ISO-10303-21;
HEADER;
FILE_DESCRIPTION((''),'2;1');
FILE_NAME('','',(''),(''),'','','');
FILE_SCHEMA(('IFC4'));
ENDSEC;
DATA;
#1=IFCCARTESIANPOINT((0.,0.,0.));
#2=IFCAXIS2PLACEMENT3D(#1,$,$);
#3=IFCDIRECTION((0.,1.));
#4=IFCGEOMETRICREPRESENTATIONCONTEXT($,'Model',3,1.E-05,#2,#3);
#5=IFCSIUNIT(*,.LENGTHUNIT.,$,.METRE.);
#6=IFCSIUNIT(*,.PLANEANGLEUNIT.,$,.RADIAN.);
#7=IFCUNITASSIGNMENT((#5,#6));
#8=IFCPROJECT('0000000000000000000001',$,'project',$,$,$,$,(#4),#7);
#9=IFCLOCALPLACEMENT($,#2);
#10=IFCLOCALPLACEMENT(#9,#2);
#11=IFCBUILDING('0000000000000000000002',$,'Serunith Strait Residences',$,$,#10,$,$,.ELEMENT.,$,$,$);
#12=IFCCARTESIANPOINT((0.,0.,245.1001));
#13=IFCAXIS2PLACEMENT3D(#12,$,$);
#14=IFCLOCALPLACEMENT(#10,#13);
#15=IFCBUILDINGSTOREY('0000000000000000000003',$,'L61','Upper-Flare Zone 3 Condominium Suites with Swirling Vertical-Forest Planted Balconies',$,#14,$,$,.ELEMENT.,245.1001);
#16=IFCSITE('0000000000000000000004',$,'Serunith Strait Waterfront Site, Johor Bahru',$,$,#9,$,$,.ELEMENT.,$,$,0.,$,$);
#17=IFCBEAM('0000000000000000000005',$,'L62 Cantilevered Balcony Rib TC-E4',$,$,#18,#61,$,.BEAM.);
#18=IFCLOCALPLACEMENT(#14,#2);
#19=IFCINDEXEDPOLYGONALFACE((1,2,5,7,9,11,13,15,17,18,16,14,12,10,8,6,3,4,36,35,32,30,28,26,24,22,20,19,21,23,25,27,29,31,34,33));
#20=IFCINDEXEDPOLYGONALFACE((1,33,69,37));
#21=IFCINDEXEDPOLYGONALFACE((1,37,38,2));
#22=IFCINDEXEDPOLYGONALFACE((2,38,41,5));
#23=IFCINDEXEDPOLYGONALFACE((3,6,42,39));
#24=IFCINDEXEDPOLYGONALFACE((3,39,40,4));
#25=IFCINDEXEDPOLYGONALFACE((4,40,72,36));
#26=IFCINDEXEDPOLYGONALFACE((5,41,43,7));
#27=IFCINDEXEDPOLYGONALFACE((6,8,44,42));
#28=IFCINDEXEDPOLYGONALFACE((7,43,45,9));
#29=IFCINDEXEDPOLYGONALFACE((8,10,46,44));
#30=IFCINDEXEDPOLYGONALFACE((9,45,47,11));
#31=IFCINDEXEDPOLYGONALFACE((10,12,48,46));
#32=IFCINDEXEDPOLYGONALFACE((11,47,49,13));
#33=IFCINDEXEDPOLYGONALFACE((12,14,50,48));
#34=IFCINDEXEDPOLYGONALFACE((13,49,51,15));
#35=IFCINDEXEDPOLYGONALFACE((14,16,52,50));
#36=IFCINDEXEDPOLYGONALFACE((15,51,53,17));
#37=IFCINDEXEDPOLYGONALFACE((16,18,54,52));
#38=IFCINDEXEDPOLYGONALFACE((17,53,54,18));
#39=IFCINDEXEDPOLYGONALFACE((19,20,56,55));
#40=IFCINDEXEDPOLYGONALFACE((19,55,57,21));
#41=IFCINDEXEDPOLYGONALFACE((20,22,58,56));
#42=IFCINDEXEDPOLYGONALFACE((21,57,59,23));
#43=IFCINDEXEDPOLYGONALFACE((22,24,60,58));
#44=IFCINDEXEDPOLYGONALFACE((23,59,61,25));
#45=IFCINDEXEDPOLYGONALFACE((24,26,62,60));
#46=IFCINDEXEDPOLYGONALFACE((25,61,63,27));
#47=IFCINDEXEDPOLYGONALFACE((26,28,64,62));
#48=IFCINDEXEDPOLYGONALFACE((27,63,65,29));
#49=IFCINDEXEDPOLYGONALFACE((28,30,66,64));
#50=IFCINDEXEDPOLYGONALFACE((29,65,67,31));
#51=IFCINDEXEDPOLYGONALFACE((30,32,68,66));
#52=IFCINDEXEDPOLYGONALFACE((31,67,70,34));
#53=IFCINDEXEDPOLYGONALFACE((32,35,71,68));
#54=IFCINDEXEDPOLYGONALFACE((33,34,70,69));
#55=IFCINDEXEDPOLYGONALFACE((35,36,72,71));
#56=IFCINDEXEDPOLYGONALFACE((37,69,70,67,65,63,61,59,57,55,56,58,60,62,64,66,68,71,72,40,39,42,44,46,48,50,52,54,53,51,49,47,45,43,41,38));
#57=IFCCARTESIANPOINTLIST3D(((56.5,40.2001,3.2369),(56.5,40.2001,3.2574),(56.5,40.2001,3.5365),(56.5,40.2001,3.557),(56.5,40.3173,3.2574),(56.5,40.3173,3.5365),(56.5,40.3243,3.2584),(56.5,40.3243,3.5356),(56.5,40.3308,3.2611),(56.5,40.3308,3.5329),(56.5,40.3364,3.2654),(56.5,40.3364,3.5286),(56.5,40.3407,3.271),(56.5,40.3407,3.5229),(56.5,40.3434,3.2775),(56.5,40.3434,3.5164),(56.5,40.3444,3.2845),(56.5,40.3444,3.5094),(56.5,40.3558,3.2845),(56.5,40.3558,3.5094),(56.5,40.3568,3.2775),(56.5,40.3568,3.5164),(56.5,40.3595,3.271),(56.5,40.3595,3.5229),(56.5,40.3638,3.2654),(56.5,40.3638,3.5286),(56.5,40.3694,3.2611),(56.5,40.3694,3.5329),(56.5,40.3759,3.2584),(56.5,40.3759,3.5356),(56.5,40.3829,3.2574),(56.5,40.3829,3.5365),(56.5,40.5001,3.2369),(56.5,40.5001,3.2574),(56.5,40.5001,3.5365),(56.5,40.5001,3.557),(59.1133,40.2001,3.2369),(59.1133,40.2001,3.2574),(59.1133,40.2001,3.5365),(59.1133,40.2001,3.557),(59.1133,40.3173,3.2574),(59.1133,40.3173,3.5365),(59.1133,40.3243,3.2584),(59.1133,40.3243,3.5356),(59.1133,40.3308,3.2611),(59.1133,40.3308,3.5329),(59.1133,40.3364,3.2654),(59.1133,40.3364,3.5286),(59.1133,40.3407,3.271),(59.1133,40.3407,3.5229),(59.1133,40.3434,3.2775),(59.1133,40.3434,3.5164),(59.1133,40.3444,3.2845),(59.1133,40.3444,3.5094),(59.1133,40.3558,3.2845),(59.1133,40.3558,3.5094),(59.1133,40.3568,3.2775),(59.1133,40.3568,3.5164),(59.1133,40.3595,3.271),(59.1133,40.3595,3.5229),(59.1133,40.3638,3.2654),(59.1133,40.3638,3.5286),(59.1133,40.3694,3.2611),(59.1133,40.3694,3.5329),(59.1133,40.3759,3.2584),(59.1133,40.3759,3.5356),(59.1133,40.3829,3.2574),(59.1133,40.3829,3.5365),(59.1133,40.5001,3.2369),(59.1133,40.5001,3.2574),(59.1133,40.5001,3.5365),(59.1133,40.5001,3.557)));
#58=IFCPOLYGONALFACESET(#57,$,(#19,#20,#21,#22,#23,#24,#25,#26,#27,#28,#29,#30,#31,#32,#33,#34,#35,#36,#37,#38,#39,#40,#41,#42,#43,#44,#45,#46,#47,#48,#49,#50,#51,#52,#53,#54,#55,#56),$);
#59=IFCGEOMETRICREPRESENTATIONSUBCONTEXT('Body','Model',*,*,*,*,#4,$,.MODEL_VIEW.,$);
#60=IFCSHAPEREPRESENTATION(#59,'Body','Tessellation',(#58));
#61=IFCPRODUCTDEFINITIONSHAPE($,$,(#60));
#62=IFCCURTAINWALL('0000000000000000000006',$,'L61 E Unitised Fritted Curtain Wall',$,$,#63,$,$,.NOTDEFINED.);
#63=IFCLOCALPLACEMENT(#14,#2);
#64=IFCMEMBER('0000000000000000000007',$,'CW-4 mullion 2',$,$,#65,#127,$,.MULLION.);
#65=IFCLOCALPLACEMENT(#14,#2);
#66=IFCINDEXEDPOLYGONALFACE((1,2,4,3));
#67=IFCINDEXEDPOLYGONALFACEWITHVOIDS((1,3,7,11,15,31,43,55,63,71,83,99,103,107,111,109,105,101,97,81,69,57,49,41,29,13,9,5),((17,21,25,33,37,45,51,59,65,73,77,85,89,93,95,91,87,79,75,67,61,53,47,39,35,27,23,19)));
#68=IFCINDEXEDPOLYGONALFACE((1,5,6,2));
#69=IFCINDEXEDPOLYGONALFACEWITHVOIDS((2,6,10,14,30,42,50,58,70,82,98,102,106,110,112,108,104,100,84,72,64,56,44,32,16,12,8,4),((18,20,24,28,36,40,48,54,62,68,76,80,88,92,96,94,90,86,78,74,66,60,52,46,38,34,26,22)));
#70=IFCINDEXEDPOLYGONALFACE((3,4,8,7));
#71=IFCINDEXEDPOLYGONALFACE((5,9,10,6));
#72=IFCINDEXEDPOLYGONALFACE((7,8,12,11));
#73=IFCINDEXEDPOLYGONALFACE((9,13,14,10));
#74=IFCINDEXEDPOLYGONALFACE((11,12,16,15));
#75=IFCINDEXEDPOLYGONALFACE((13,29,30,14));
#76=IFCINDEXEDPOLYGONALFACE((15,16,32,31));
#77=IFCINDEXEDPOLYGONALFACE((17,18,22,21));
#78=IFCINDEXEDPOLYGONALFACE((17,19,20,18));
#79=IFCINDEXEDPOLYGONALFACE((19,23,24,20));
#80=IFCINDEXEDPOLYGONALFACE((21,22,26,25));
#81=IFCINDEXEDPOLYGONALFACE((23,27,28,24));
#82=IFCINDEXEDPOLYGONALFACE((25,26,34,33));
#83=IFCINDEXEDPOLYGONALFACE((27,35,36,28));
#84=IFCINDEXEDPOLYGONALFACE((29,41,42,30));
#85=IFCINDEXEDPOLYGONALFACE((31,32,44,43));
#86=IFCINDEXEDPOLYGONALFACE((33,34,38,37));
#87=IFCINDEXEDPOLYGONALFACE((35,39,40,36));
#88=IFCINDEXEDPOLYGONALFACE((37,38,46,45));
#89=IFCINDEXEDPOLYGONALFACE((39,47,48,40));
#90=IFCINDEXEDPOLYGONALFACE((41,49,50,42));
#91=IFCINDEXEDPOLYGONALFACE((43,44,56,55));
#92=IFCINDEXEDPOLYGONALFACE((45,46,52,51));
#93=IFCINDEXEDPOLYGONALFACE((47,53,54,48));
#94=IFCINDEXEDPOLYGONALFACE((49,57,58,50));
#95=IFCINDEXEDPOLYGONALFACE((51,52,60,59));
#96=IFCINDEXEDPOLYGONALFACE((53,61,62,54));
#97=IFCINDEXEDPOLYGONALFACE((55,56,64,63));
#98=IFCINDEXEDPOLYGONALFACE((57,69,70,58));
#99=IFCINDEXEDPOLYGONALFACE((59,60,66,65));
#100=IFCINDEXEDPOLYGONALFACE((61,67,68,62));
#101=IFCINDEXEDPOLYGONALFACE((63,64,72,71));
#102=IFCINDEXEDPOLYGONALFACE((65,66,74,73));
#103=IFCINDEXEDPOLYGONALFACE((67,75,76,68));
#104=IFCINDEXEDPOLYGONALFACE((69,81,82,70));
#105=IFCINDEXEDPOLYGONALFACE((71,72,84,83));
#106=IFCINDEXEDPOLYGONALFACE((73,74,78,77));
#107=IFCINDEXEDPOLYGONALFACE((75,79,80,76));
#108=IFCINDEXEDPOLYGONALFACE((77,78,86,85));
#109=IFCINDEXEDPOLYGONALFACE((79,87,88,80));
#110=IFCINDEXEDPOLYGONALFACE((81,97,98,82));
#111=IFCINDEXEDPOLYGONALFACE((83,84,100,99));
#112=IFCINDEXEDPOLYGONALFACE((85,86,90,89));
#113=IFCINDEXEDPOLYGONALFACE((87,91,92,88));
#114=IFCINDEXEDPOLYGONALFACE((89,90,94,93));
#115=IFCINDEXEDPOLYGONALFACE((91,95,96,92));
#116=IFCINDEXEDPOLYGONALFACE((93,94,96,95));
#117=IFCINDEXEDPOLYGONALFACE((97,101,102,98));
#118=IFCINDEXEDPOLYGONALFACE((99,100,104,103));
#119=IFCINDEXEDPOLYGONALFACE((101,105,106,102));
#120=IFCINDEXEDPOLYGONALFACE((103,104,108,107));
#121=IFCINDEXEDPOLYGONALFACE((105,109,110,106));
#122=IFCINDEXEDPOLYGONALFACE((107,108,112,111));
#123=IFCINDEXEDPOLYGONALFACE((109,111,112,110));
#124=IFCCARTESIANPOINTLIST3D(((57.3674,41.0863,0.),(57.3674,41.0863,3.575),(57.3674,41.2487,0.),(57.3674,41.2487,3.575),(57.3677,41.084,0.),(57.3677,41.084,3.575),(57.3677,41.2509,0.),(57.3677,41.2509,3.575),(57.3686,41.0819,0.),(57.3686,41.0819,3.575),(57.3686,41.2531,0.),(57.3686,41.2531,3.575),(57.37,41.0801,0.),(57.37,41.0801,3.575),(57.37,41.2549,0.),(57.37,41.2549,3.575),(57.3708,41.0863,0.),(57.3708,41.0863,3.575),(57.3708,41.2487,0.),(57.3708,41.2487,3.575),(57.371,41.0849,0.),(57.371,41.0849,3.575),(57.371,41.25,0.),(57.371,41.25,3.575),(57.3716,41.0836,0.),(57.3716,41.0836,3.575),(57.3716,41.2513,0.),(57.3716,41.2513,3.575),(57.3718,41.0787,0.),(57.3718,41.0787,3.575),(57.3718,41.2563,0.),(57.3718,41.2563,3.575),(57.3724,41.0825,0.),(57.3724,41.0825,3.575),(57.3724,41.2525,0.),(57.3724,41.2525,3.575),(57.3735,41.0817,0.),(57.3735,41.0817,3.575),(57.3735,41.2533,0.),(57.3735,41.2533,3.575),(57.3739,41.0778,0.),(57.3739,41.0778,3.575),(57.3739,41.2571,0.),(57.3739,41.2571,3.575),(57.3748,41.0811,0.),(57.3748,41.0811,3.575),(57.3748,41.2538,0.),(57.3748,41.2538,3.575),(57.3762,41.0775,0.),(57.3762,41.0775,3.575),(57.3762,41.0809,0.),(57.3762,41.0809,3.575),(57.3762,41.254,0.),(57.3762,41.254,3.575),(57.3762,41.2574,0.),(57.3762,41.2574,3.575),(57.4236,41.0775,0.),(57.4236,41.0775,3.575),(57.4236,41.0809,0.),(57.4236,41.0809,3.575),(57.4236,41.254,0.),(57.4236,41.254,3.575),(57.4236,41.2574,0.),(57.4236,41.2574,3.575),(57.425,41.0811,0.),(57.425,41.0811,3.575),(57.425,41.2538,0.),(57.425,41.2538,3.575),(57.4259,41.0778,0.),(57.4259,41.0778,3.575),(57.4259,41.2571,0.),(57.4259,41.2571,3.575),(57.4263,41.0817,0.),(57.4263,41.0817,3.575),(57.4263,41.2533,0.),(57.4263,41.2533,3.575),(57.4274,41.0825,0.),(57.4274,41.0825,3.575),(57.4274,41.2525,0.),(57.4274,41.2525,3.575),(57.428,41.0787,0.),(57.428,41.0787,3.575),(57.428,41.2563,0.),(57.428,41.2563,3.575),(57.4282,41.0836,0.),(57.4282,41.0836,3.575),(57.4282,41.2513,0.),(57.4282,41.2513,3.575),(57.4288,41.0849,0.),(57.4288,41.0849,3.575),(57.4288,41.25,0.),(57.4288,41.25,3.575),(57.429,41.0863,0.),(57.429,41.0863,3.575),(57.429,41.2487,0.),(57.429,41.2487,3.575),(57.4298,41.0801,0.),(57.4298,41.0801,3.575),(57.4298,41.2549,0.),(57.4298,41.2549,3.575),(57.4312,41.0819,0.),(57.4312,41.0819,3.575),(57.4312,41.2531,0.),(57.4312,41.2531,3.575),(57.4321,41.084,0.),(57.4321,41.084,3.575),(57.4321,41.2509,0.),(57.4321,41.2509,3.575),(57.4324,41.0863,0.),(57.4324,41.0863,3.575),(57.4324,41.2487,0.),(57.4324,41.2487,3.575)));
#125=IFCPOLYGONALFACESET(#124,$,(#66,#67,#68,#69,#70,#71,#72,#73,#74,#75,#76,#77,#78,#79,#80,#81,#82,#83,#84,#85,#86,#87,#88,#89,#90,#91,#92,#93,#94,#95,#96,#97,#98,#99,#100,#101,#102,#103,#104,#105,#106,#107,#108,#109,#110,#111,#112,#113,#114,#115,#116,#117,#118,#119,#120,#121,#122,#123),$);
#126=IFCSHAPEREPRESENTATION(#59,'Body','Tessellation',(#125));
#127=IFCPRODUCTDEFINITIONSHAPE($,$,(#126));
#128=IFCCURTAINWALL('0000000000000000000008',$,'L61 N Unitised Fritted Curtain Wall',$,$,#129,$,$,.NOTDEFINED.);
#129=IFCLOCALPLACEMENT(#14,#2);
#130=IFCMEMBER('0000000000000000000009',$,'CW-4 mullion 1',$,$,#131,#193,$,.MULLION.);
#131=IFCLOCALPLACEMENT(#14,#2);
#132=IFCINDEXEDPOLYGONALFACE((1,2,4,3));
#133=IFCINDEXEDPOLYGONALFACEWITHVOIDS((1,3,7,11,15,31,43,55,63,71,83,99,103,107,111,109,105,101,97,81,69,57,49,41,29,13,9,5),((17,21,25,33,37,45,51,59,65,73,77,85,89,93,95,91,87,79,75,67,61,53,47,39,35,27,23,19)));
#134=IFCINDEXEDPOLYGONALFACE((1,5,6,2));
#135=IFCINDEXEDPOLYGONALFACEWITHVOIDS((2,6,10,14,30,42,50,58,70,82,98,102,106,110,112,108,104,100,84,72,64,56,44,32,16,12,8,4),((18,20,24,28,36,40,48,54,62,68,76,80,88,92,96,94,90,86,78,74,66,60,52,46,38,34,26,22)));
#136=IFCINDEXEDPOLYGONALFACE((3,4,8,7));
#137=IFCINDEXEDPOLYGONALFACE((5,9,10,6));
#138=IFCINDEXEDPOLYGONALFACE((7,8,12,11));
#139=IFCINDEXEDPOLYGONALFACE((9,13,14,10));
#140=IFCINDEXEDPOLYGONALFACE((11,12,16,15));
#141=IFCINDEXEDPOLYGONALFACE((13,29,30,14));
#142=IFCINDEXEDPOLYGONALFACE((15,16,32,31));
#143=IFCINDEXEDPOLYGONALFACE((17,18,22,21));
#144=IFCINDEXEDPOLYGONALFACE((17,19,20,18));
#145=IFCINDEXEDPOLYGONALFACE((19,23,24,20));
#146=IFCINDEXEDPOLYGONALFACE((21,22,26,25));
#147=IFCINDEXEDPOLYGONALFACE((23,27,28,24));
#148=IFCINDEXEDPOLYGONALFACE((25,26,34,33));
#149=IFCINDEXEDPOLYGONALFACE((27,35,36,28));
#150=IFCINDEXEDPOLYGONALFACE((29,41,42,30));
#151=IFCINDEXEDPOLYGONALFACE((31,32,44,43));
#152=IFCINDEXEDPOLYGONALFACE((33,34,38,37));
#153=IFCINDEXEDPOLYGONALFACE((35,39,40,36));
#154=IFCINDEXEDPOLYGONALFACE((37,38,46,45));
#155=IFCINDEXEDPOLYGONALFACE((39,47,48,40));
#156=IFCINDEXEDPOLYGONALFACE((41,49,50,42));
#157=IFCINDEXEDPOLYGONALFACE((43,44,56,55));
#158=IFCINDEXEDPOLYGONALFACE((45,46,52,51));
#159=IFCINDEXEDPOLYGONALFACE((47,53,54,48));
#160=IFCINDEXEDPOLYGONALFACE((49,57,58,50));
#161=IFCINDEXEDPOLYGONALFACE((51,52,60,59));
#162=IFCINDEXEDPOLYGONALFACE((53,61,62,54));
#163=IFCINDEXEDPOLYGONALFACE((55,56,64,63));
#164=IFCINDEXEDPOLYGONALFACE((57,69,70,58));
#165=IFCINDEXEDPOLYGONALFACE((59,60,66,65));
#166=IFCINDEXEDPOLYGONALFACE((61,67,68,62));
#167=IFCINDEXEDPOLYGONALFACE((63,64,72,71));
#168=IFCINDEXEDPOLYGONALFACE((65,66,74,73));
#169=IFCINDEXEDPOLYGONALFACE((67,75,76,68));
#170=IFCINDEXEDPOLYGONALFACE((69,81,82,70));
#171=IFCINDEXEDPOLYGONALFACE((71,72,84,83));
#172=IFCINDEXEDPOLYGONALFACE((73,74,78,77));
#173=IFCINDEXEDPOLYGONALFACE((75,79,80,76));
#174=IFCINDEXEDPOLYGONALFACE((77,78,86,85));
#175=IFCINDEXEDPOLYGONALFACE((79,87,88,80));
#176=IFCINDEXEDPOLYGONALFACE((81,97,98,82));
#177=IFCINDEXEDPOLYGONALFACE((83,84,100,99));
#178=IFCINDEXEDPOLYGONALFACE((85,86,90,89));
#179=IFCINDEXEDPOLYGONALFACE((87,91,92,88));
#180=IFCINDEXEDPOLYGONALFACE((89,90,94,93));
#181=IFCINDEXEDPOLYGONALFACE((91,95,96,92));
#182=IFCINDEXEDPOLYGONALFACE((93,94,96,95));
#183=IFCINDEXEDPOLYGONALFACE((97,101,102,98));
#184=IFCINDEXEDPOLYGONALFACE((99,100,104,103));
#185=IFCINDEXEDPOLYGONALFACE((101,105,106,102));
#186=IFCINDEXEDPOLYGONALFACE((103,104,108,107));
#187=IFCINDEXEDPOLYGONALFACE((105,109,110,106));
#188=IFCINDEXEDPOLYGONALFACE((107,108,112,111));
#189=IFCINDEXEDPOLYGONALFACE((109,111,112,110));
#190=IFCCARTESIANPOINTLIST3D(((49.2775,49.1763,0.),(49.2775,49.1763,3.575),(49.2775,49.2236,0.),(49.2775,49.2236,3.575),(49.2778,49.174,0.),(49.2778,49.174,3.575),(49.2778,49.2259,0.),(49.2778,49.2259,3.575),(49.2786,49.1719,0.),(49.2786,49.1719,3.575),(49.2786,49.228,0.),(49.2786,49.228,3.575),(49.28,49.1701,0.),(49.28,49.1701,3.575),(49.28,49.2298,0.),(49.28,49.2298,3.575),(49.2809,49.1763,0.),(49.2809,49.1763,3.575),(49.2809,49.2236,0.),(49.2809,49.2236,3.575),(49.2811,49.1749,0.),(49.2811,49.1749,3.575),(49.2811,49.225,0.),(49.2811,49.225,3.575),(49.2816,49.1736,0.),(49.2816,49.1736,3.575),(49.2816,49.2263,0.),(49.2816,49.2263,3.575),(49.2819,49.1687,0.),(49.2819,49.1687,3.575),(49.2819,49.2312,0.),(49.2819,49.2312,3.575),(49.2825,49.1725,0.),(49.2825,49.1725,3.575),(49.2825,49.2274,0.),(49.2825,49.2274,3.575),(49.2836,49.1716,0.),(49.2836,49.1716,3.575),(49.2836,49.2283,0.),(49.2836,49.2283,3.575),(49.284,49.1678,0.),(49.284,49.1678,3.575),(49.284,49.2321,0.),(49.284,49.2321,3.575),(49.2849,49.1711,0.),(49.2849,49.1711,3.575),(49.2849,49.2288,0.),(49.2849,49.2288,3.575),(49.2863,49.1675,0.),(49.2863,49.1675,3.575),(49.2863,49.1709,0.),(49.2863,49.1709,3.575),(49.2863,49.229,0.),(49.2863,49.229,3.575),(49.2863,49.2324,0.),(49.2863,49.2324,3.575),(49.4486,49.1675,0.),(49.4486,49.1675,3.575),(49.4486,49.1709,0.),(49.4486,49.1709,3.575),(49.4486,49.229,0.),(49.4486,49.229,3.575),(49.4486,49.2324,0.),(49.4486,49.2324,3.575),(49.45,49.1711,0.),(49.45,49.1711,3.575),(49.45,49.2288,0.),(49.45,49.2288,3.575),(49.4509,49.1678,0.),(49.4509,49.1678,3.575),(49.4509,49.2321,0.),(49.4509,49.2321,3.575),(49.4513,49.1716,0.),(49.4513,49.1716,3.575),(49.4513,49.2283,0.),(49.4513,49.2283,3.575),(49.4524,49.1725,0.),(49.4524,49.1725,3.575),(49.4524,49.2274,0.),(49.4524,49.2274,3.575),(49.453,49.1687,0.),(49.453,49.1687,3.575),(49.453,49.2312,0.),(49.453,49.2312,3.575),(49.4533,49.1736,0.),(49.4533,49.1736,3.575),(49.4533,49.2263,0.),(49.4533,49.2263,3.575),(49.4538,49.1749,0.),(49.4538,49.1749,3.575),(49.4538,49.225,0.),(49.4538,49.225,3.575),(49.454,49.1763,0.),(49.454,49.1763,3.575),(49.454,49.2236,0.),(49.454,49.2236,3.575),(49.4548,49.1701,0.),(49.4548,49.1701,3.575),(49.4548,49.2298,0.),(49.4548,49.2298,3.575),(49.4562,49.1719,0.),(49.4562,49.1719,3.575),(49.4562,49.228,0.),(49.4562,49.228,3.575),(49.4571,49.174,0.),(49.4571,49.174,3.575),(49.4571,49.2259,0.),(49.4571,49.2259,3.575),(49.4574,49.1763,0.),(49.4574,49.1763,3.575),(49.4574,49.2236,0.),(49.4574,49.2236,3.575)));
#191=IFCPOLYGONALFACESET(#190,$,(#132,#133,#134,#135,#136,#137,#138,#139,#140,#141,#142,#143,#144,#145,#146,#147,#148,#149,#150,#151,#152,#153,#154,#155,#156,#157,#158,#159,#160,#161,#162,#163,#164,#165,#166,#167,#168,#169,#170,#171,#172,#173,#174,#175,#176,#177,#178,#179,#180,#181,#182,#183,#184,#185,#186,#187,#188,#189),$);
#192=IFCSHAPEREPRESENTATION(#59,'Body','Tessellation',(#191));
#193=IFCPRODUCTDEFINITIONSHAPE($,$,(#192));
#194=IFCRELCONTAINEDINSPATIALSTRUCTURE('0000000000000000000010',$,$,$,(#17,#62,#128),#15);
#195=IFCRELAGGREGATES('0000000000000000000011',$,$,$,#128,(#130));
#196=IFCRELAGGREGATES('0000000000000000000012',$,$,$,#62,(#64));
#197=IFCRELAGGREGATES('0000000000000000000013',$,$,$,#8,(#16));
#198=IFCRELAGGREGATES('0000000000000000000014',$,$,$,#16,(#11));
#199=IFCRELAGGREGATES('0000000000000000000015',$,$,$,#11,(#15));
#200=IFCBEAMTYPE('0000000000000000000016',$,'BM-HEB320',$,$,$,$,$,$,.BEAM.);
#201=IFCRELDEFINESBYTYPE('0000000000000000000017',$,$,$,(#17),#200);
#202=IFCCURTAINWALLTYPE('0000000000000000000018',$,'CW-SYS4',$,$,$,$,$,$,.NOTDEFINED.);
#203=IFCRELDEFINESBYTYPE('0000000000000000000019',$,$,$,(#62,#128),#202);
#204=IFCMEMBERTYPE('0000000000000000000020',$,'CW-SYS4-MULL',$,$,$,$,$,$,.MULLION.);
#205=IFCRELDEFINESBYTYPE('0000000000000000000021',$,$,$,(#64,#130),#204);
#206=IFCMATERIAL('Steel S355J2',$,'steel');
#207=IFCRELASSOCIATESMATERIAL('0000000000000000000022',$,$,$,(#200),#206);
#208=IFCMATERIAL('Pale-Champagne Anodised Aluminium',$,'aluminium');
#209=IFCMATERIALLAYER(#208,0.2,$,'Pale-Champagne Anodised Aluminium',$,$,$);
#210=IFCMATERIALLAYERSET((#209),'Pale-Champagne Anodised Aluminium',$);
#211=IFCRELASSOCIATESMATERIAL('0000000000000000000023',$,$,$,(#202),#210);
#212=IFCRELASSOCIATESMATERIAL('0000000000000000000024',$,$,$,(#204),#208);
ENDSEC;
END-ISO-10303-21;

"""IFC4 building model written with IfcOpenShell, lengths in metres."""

from ifc_helpers import new_model, si_unit, direction, frame, origin, origin_2d, place, context, subcontext, project, spatial, hollow_rectangle, i_section, extrude, source, transform, mapped, material, layer, layer_set, material_profile, profile_set, type_object, element, aggregate, save


model = new_model("IFC4")

# Units and contexts
model_context = context("Model", 3, precision=1e-05, world=origin(), true_north=direction((0.0, 1.0)))
body_context = subcontext(model_context, "Body", "Model", "MODEL_VIEW")
ifc_project = project(units=[si_unit("LENGTHUNIT", "METRE"), si_unit("PLANEANGLEUNIT", "RADIAN")], contexts=[model_context])

# Site, building, storey
site_placement = place(None, origin())
site = spatial("IfcSite", under=ifc_project, at=site_placement, Name="Serunith Strait Waterfront Site, Johor Bahru", CompositionType="ELEMENT", RefElevation=0.0)
building_placement = place(site_placement, origin())
building = spatial("IfcBuilding", under=site, at=building_placement, Name="Serunith Strait Residences", CompositionType="ELEMENT")
storey_placement = place(building_placement, frame((0.0, 0.0, 245.1001)))
storey = spatial("IfcBuildingStorey", under=building, at=storey_placement, Name="L61", Description="Upper-Flare Zone 3 Condominium Suites with Swirling Vertical-Forest Planted Balconies", CompositionType="ELEMENT", Elevation=245.1001)

# Beam
ifc_material_1 = material(Name="Steel S355J2", Category="steel")
ifc_material_profile_1 = material_profile(ifc_material_1, i_section(OverallWidth=0.3, OverallDepth=0.3201, WebThickness=0.0115, FlangeThickness=0.0205, FilletRadius=0.0271, at=origin_2d()), Name="HEB 320")
ifc_profile_set_1 = profile_set([ifc_material_profile_1], Name="Steel S355J2")
beam_type_1 = type_object("IfcBeamType", Name="BM-HEB320", PredefinedType="BEAM", material=ifc_profile_set_1)
shared_shape_1 = source(origin(), body_context, "Body", "SweptSolid", [
    extrude(i_section(OverallWidth=0.3, OverallDepth=0.3201, WebThickness=0.0115, FlangeThickness=0.0205, FilletRadius=0.0271, at=origin_2d()), origin(), (0.0, 0.0, 1.0), 2.6133),
])
beam_1_placement = place(storey_placement, frame((56.5, 40.3501, 3.397), z_axis=(1.0, 0.0, 0.0), x_axis=(0.0, 1.0, 0.0)))
element("IfcBeam", 1, at=beam_1_placement, inside=storey, type_object=beam_type_1, Name="L62 Cantilevered Balcony Rib TC-E4", PredefinedType="BEAM", context=body_context, shape_type="MappedRepresentation", body=[
    mapped(shared_shape_1, transform((0.0, 0.0, 0.0), scale=1.0)),
])

# Curtain wall, member
ifc_material_2 = material(Name="Pale-Champagne Anodised Aluminium", Category="aluminium")
ifc_layer_1 = layer(ifc_material_2, 0.2, Name="Pale-Champagne Anodised Aluminium")
ifc_layer_set_1 = layer_set([ifc_layer_1], Name="Pale-Champagne Anodised Aluminium")
curtain_wall_type = type_object("IfcCurtainWallType", Name="CW-SYS4", PredefinedType="NOTDEFINED", material=ifc_layer_set_1)
curtain_wall_1_placement = place(storey_placement, origin())
curtain_wall_1 = element("IfcCurtainWall", 2, at=curtain_wall_1_placement, inside=storey, type_object=curtain_wall_type, Name="L61 E Unitised Fritted Curtain Wall", PredefinedType="NOTDEFINED")
ifc_material_profile_2 = material_profile(ifc_material_2, hollow_rectangle(XDim=0.0649, YDim=0.1799, WallThickness=0.0034, InnerFilletRadius=0.0054, OuterFilletRadius=0.0088, at=origin_2d()), Name="ALU 180x65x3.5")
ifc_profile_set_2 = profile_set([ifc_material_profile_2], Name="Pale-Champagne Anodised Aluminium")
member_type_1 = type_object("IfcMemberType", Name="CW-SYS4-MULL", PredefinedType="MULLION", material=ifc_profile_set_2)
shared_shape_2 = source(origin(), body_context, "Body", "SweptSolid", [
    extrude(hollow_rectangle(XDim=0.0649, YDim=0.1799, WallThickness=0.0034, InnerFilletRadius=0.0054, OuterFilletRadius=0.0088, at=origin_2d()), origin(), (0.0, 0.0, 1.0), 3.575),
])
member_1_placement = place(storey_placement, frame((57.3999, 41.1675, 0.0), z_axis=(0.0, 0.0, 1.0), x_axis=(-1.0, 0.0, 0.0)))
member_1 = element("IfcMember", 3, at=member_1_placement, type_object=member_type_1, Name="CW-4 mullion 2", PredefinedType="MULLION", context=body_context, shape_type="MappedRepresentation", body=[
    mapped(shared_shape_2, transform((0.0, 0.0, 0.0), scale=1.0)),
])

# Curtain wall, member
curtain_wall_2_placement = place(storey_placement, origin())
curtain_wall_2 = element("IfcCurtainWall", 4, at=curtain_wall_2_placement, inside=storey, type_object=curtain_wall_type, Name="L61 N Unitised Fritted Curtain Wall", PredefinedType="NOTDEFINED")
member_2_placement = place(storey_placement, frame((49.3674, 49.2, 0.0), z_axis=(0.0, 0.0, 1.0), x_axis=(0.0, -1.0, 0.0)))
member_2 = element("IfcMember", 5, at=member_2_placement, type_object=member_type_1, Name="CW-4 mullion 1", PredefinedType="MULLION", context=body_context, shape_type="MappedRepresentation", body=[
    mapped(shared_shape_2, transform((0.0, 0.0, 0.0), scale=1.0)),
])
aggregate(curtain_wall_2, [member_2])

aggregate(curtain_wall_1, [member_1])

save(model, "model.ifc")
